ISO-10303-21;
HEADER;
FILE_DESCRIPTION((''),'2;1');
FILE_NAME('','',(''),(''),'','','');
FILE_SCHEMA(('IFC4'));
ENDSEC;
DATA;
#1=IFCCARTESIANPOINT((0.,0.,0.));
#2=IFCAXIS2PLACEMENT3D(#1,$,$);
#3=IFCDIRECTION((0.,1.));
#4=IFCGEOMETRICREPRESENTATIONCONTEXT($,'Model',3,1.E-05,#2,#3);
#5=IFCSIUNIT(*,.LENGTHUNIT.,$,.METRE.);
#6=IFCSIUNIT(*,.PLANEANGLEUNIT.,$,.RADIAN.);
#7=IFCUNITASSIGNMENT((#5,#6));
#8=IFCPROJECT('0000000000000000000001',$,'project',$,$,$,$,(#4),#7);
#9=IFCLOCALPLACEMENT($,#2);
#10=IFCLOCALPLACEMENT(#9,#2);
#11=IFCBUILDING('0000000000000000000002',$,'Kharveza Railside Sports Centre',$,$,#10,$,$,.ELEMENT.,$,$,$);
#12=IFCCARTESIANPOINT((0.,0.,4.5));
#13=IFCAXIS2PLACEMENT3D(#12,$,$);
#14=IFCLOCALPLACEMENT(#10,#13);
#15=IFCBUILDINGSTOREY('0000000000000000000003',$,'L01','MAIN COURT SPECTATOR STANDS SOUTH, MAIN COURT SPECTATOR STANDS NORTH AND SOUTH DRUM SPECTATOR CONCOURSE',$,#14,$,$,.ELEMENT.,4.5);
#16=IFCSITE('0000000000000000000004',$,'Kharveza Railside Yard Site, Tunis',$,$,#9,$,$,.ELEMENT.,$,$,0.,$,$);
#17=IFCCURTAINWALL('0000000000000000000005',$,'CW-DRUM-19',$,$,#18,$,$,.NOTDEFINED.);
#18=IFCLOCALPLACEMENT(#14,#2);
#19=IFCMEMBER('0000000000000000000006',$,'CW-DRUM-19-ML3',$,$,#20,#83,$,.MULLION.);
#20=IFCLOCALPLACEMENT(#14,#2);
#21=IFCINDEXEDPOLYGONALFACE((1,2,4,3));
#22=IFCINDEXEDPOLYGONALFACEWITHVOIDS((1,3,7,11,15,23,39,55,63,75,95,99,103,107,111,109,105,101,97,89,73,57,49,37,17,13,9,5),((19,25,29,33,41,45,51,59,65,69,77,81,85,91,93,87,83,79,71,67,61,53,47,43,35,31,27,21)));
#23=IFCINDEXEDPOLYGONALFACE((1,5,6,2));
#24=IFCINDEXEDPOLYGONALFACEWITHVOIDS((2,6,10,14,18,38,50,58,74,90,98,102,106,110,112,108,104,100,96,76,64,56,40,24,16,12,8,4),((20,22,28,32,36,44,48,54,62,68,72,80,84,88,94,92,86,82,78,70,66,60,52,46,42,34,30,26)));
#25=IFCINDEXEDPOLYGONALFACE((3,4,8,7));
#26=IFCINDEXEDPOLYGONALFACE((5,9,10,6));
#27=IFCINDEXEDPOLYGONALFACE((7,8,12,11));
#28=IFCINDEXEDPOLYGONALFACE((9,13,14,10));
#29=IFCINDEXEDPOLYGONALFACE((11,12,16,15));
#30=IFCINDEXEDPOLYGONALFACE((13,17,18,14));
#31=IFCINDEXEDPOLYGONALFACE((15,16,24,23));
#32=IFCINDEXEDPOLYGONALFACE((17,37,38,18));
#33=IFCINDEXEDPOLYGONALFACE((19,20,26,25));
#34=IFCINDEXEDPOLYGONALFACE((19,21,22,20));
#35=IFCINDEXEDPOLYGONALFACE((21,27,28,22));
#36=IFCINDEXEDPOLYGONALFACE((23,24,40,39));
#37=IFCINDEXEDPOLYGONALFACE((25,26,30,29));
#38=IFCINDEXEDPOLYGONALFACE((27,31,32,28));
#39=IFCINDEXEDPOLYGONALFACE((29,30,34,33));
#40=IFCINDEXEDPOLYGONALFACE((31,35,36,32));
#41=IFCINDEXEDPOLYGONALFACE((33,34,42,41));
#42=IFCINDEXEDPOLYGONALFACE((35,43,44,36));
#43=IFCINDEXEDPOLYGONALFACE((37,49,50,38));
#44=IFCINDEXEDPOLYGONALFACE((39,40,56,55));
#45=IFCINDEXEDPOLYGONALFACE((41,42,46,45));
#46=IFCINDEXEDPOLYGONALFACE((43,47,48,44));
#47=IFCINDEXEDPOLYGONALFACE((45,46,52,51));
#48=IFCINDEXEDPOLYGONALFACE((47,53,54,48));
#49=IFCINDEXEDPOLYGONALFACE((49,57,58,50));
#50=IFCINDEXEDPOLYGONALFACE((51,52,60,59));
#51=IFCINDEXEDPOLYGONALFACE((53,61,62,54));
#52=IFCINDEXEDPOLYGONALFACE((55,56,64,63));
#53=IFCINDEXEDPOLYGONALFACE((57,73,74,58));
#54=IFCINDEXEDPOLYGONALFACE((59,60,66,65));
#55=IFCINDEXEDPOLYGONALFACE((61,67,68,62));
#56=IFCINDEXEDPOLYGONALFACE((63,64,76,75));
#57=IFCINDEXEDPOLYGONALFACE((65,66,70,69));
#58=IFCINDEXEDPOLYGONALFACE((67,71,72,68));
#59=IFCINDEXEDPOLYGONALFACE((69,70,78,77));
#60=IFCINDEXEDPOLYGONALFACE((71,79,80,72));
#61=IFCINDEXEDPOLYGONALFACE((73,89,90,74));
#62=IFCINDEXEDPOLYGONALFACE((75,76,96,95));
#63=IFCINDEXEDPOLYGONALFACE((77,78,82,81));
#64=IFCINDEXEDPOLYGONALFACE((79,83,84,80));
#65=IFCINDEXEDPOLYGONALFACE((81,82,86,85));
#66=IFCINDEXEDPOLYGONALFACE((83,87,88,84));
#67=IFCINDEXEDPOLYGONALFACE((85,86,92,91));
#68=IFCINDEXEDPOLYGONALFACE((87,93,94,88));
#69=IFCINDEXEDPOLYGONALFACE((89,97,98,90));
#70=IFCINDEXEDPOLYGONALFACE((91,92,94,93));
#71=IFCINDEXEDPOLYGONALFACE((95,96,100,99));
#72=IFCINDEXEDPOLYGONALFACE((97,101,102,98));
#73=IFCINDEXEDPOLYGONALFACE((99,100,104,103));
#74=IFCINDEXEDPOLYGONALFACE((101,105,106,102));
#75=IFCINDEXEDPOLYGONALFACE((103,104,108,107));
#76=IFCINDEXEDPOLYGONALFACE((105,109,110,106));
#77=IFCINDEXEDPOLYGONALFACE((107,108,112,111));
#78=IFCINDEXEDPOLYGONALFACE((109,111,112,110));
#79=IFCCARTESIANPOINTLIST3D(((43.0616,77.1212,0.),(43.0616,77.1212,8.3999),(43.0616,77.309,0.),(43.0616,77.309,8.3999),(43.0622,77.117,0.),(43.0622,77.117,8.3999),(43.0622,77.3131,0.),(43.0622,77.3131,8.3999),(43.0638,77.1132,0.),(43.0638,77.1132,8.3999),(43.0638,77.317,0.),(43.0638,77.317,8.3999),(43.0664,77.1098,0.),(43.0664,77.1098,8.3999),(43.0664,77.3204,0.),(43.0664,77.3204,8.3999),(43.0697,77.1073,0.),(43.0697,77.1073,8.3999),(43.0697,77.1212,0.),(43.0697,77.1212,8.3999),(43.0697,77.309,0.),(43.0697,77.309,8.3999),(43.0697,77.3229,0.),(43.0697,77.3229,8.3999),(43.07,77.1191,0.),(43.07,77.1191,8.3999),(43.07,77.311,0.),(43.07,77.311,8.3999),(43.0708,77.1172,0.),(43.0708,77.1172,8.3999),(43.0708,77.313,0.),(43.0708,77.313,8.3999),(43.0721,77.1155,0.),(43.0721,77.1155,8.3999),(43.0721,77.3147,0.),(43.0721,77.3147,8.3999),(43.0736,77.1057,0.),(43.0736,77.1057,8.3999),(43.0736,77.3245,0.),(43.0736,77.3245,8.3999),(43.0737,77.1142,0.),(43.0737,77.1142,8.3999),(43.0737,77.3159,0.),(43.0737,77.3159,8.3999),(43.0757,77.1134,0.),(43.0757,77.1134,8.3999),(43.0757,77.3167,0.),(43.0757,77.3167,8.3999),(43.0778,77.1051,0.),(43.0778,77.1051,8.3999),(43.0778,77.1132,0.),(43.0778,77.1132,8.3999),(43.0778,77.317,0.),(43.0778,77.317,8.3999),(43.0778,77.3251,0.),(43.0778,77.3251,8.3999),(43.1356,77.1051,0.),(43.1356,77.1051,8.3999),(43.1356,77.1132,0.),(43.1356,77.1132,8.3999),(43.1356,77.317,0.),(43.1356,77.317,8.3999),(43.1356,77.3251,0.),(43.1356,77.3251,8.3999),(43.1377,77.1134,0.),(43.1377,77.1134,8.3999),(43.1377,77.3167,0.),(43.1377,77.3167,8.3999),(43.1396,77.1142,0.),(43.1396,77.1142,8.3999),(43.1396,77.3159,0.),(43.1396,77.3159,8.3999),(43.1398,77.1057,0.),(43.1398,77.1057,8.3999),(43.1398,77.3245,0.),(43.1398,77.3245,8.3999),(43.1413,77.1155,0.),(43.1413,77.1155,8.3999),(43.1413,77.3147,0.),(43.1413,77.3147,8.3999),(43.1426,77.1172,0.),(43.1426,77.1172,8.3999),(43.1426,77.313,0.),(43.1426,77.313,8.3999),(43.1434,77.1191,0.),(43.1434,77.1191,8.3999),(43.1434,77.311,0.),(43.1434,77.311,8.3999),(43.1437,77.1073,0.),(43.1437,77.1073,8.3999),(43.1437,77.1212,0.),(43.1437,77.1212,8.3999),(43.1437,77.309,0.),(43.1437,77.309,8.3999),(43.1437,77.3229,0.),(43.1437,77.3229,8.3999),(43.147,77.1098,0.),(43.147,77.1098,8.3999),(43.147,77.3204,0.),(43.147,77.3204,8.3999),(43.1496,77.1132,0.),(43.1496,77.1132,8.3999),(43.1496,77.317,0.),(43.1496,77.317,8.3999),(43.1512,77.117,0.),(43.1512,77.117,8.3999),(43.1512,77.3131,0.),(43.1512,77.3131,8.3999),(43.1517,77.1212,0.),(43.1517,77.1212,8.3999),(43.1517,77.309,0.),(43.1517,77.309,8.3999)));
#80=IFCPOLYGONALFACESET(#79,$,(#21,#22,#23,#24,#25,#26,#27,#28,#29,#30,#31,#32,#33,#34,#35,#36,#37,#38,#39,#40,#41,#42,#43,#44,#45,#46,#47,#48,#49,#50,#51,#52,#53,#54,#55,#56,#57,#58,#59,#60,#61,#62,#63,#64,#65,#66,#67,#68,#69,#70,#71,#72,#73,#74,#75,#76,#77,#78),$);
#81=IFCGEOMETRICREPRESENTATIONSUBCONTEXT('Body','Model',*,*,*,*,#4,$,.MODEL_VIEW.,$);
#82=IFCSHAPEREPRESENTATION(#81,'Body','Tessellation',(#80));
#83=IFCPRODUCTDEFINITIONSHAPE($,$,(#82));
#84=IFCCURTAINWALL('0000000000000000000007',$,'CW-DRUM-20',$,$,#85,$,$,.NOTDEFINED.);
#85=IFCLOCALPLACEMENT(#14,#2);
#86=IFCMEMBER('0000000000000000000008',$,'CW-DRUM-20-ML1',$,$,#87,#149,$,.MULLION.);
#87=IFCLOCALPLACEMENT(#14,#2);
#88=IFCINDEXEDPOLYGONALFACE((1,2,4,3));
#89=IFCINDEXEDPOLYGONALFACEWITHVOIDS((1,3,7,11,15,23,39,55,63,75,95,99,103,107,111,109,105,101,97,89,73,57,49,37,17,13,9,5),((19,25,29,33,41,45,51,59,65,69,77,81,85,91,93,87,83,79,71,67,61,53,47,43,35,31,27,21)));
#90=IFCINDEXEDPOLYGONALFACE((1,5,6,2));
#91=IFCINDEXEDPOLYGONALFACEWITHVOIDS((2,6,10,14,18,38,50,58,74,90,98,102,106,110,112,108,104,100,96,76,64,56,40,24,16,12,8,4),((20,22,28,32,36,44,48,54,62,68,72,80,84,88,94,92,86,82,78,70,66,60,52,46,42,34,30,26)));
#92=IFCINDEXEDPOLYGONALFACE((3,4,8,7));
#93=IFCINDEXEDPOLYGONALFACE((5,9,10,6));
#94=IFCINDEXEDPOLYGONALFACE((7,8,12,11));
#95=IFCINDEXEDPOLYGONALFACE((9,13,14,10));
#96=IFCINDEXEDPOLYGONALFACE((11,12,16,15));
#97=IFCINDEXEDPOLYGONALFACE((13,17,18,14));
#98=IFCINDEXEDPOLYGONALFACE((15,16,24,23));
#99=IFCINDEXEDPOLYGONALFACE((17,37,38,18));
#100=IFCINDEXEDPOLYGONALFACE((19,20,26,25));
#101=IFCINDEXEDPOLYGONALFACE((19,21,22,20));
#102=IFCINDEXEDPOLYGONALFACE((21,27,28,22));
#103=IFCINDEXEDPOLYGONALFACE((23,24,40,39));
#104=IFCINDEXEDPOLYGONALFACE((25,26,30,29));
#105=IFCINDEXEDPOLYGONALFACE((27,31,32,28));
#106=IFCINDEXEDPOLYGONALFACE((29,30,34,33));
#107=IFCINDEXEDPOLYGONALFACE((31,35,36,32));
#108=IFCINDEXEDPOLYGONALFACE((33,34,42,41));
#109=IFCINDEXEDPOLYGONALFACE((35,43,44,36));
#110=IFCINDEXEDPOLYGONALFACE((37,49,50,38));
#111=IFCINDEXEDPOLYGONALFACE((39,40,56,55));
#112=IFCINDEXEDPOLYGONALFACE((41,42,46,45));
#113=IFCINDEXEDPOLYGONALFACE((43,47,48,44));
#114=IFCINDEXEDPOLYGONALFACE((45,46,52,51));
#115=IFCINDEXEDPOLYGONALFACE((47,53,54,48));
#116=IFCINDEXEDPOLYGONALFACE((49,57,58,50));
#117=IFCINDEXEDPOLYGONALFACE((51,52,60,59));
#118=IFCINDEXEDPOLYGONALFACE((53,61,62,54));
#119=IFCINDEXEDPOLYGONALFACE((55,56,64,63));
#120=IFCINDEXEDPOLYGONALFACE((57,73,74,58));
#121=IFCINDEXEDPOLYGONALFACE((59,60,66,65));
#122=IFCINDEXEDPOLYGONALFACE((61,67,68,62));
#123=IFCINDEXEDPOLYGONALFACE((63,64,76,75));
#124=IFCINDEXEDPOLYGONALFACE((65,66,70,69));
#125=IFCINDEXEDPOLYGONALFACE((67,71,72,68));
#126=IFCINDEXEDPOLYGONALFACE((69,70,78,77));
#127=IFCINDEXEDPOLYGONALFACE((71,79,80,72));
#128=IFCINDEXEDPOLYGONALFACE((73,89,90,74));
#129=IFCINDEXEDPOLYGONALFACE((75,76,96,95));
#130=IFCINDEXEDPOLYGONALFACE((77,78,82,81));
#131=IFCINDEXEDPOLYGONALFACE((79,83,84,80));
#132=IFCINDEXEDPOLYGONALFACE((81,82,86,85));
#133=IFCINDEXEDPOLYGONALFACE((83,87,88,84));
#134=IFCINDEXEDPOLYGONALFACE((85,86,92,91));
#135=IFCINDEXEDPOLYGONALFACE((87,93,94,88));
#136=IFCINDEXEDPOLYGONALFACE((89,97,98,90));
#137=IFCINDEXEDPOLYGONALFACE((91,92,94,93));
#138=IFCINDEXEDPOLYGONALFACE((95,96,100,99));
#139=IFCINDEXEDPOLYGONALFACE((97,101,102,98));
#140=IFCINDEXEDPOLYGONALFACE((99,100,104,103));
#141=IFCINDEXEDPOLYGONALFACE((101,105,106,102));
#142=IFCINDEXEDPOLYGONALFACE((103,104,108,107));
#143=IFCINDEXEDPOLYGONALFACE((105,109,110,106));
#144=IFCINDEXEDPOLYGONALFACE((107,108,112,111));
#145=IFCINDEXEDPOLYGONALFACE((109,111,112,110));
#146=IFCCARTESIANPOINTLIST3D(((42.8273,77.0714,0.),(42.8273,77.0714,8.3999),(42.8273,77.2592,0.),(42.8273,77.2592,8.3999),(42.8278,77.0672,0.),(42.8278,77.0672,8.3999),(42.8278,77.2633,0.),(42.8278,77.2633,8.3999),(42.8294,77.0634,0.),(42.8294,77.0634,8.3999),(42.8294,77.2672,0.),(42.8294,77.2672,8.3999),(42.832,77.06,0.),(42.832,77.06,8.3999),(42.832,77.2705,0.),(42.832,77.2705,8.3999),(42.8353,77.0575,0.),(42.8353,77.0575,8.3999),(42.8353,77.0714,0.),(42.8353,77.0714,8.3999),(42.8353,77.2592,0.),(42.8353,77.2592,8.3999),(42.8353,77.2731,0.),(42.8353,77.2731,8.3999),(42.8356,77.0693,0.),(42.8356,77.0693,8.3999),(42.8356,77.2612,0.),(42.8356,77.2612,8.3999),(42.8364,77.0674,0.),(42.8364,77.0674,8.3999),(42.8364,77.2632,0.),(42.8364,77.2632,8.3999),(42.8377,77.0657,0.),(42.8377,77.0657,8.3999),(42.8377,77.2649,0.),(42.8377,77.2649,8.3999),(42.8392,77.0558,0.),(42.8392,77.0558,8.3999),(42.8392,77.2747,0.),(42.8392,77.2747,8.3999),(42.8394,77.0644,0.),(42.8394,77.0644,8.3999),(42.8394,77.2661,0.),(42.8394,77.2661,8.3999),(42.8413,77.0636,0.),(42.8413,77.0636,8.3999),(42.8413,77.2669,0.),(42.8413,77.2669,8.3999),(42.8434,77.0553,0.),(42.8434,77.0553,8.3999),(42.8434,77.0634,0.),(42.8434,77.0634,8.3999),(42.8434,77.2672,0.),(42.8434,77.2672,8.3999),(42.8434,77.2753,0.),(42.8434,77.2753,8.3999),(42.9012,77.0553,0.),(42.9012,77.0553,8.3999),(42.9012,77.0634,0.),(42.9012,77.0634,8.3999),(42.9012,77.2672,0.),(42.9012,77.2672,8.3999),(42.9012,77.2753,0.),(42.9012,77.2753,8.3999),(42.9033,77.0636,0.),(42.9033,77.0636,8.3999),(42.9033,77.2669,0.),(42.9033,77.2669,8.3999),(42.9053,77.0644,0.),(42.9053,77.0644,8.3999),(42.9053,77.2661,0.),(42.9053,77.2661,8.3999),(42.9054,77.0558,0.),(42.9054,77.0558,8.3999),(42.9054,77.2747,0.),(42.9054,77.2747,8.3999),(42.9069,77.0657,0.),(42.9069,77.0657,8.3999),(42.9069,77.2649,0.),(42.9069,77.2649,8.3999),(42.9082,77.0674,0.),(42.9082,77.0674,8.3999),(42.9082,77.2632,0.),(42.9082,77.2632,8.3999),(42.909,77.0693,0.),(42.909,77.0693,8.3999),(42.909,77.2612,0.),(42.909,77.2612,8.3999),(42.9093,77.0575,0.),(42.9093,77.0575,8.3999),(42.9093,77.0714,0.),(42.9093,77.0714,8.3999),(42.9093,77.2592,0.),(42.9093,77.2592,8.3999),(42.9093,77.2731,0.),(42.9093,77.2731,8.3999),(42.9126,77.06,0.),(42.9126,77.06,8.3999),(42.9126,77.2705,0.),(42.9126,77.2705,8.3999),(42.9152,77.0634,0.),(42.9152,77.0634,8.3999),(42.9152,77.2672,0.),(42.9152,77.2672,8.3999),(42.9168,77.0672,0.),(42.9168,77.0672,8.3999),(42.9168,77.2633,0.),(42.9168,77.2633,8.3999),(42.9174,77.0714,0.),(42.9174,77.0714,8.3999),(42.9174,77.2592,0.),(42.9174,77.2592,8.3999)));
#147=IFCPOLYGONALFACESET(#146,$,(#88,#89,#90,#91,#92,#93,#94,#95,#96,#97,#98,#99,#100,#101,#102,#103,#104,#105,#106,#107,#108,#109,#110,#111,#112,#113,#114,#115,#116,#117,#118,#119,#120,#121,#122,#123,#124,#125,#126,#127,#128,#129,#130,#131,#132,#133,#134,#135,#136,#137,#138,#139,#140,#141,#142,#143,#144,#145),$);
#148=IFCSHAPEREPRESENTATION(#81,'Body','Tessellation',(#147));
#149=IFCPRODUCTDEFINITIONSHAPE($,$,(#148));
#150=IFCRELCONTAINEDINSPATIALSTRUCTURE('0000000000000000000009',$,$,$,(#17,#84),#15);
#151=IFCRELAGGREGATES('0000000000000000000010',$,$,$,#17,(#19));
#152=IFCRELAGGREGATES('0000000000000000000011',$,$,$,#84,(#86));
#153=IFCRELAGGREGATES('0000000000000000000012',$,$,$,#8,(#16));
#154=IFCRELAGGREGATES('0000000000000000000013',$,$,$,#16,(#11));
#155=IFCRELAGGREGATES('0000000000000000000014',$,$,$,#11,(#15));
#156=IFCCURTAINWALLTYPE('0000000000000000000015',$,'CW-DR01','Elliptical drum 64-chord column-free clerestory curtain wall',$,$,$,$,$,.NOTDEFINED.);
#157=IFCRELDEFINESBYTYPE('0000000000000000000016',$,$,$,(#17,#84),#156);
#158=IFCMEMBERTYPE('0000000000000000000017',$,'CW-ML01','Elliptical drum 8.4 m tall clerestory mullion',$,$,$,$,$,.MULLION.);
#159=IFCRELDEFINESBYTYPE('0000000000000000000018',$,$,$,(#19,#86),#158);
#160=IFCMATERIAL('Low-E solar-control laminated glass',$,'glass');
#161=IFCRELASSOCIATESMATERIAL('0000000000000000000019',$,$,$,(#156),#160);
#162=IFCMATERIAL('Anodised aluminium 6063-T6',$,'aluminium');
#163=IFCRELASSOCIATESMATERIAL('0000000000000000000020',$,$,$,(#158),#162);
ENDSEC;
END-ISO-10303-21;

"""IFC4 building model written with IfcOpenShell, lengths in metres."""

from ifc_helpers import new_model, si_unit, direction, frame, origin, origin_2d, place, context, subcontext, project, spatial, hollow_rectangle, extrude, material, material_profile, profile_set, type_object, element, aggregate, save


model = new_model("IFC4")

# Units and contexts
model_context = context("Model", 3, precision=1e-05, world=origin(), true_north=direction((0.0, 1.0)))
body_context = subcontext(model_context, "Body", "Model", "MODEL_VIEW")
ifc_project = project(units=[si_unit("LENGTHUNIT", "METRE"), si_unit("PLANEANGLEUNIT", "RADIAN")], contexts=[model_context])

# Site, building, storey
site_placement = place(None, origin())
site = spatial("IfcSite", under=ifc_project, at=site_placement, Name="Kharveza Railside Yard Site, Tunis", CompositionType="ELEMENT", RefElevation=0.0)
building_placement = place(site_placement, origin())
building = spatial("IfcBuilding", under=site, at=building_placement, Name="Kharveza Railside Sports Centre", CompositionType="ELEMENT")
storey_placement = place(building_placement, frame((0.0, 0.0, 4.5)))
storey = spatial("IfcBuildingStorey", under=building, at=storey_placement, Name="L01", Description="MAIN COURT SPECTATOR STANDS SOUTH, MAIN COURT SPECTATOR STANDS NORTH AND SOUTH DRUM SPECTATOR CONCOURSE", CompositionType="ELEMENT", Elevation=4.5)

# Curtain walls, members
ifc_material_1 = material(Name="Low-E solar-control laminated glass", Category="glass")
curtain_wall_type = type_object("IfcCurtainWallType", Name="CW-DR01", Description="Elliptical drum 64-chord column-free clerestory curtain wall", PredefinedType="NOTDEFINED", material=ifc_material_1)
curtain_wall_1_placement = place(storey_placement, origin())
curtain_wall_1 = element("IfcCurtainWall", 1, at=curtain_wall_1_placement, inside=storey, type_object=curtain_wall_type, Name="CW-DRUM-19", PredefinedType="NOTDEFINED")
ifc_material_2 = material(Name="Anodised aluminium 6063-T6", Category="aluminium")
ifc_material_profile_1 = material_profile(ifc_material_2, hollow_rectangle(XDim=0.0901, YDim=0.22, WallThickness=0.0081, InnerFilletRadius=0.0081, OuterFilletRadius=0.0161, at=origin_2d()), Name="RHS 90x220x8.0")
ifc_profile_set_1 = profile_set([ifc_material_profile_1], Name="Anodised aluminium 6063-T6")
member_type_1 = type_object("IfcMemberType", Name="CW-ML01", Description="Elliptical drum 8.4 m tall clerestory mullion", PredefinedType="MULLION", material=ifc_profile_set_1)
member_1_placement = place(storey_placement, frame((43.1067, 77.2151, 0.0), z_axis=(0.0, 0.0, 1.0), x_axis=(1.0, 0.0, 0.0)))
member_1 = element("IfcMember", 2, at=member_1_placement, type_object=member_type_1, Name="CW-DRUM-19-ML3", PredefinedType="MULLION", context=body_context, shape_type="SweptSolid", body=[
    extrude(hollow_rectangle(XDim=0.0901, YDim=0.22, WallThickness=0.0081, InnerFilletRadius=0.0081, OuterFilletRadius=0.0161, at=origin_2d()), origin(), (0.0, 0.0, 1.0), 8.3999),
])
curtain_wall_2_placement = place(storey_placement, origin())
curtain_wall_2 = element("IfcCurtainWall", 3, at=curtain_wall_2_placement, inside=storey, type_object=curtain_wall_type, Name="CW-DRUM-20", PredefinedType="NOTDEFINED")
member_2_placement = place(storey_placement, frame((42.8723, 77.1653, 0.0), z_axis=(0.0, 0.0, 1.0), x_axis=(1.0, 0.0, 0.0)))
member_2 = element("IfcMember", 4, at=member_2_placement, type_object=member_type_1, Name="CW-DRUM-20-ML1", PredefinedType="MULLION", context=body_context, shape_type="SweptSolid", body=[
    extrude(hollow_rectangle(XDim=0.0901, YDim=0.22, WallThickness=0.0081, InnerFilletRadius=0.0081, OuterFilletRadius=0.0161, at=origin_2d()), origin(), (0.0, 0.0, 1.0), 8.3999),
])

aggregate(curtain_wall_1, [member_1])
aggregate(curtain_wall_2, [member_2])

save(model, "model.ifc")
